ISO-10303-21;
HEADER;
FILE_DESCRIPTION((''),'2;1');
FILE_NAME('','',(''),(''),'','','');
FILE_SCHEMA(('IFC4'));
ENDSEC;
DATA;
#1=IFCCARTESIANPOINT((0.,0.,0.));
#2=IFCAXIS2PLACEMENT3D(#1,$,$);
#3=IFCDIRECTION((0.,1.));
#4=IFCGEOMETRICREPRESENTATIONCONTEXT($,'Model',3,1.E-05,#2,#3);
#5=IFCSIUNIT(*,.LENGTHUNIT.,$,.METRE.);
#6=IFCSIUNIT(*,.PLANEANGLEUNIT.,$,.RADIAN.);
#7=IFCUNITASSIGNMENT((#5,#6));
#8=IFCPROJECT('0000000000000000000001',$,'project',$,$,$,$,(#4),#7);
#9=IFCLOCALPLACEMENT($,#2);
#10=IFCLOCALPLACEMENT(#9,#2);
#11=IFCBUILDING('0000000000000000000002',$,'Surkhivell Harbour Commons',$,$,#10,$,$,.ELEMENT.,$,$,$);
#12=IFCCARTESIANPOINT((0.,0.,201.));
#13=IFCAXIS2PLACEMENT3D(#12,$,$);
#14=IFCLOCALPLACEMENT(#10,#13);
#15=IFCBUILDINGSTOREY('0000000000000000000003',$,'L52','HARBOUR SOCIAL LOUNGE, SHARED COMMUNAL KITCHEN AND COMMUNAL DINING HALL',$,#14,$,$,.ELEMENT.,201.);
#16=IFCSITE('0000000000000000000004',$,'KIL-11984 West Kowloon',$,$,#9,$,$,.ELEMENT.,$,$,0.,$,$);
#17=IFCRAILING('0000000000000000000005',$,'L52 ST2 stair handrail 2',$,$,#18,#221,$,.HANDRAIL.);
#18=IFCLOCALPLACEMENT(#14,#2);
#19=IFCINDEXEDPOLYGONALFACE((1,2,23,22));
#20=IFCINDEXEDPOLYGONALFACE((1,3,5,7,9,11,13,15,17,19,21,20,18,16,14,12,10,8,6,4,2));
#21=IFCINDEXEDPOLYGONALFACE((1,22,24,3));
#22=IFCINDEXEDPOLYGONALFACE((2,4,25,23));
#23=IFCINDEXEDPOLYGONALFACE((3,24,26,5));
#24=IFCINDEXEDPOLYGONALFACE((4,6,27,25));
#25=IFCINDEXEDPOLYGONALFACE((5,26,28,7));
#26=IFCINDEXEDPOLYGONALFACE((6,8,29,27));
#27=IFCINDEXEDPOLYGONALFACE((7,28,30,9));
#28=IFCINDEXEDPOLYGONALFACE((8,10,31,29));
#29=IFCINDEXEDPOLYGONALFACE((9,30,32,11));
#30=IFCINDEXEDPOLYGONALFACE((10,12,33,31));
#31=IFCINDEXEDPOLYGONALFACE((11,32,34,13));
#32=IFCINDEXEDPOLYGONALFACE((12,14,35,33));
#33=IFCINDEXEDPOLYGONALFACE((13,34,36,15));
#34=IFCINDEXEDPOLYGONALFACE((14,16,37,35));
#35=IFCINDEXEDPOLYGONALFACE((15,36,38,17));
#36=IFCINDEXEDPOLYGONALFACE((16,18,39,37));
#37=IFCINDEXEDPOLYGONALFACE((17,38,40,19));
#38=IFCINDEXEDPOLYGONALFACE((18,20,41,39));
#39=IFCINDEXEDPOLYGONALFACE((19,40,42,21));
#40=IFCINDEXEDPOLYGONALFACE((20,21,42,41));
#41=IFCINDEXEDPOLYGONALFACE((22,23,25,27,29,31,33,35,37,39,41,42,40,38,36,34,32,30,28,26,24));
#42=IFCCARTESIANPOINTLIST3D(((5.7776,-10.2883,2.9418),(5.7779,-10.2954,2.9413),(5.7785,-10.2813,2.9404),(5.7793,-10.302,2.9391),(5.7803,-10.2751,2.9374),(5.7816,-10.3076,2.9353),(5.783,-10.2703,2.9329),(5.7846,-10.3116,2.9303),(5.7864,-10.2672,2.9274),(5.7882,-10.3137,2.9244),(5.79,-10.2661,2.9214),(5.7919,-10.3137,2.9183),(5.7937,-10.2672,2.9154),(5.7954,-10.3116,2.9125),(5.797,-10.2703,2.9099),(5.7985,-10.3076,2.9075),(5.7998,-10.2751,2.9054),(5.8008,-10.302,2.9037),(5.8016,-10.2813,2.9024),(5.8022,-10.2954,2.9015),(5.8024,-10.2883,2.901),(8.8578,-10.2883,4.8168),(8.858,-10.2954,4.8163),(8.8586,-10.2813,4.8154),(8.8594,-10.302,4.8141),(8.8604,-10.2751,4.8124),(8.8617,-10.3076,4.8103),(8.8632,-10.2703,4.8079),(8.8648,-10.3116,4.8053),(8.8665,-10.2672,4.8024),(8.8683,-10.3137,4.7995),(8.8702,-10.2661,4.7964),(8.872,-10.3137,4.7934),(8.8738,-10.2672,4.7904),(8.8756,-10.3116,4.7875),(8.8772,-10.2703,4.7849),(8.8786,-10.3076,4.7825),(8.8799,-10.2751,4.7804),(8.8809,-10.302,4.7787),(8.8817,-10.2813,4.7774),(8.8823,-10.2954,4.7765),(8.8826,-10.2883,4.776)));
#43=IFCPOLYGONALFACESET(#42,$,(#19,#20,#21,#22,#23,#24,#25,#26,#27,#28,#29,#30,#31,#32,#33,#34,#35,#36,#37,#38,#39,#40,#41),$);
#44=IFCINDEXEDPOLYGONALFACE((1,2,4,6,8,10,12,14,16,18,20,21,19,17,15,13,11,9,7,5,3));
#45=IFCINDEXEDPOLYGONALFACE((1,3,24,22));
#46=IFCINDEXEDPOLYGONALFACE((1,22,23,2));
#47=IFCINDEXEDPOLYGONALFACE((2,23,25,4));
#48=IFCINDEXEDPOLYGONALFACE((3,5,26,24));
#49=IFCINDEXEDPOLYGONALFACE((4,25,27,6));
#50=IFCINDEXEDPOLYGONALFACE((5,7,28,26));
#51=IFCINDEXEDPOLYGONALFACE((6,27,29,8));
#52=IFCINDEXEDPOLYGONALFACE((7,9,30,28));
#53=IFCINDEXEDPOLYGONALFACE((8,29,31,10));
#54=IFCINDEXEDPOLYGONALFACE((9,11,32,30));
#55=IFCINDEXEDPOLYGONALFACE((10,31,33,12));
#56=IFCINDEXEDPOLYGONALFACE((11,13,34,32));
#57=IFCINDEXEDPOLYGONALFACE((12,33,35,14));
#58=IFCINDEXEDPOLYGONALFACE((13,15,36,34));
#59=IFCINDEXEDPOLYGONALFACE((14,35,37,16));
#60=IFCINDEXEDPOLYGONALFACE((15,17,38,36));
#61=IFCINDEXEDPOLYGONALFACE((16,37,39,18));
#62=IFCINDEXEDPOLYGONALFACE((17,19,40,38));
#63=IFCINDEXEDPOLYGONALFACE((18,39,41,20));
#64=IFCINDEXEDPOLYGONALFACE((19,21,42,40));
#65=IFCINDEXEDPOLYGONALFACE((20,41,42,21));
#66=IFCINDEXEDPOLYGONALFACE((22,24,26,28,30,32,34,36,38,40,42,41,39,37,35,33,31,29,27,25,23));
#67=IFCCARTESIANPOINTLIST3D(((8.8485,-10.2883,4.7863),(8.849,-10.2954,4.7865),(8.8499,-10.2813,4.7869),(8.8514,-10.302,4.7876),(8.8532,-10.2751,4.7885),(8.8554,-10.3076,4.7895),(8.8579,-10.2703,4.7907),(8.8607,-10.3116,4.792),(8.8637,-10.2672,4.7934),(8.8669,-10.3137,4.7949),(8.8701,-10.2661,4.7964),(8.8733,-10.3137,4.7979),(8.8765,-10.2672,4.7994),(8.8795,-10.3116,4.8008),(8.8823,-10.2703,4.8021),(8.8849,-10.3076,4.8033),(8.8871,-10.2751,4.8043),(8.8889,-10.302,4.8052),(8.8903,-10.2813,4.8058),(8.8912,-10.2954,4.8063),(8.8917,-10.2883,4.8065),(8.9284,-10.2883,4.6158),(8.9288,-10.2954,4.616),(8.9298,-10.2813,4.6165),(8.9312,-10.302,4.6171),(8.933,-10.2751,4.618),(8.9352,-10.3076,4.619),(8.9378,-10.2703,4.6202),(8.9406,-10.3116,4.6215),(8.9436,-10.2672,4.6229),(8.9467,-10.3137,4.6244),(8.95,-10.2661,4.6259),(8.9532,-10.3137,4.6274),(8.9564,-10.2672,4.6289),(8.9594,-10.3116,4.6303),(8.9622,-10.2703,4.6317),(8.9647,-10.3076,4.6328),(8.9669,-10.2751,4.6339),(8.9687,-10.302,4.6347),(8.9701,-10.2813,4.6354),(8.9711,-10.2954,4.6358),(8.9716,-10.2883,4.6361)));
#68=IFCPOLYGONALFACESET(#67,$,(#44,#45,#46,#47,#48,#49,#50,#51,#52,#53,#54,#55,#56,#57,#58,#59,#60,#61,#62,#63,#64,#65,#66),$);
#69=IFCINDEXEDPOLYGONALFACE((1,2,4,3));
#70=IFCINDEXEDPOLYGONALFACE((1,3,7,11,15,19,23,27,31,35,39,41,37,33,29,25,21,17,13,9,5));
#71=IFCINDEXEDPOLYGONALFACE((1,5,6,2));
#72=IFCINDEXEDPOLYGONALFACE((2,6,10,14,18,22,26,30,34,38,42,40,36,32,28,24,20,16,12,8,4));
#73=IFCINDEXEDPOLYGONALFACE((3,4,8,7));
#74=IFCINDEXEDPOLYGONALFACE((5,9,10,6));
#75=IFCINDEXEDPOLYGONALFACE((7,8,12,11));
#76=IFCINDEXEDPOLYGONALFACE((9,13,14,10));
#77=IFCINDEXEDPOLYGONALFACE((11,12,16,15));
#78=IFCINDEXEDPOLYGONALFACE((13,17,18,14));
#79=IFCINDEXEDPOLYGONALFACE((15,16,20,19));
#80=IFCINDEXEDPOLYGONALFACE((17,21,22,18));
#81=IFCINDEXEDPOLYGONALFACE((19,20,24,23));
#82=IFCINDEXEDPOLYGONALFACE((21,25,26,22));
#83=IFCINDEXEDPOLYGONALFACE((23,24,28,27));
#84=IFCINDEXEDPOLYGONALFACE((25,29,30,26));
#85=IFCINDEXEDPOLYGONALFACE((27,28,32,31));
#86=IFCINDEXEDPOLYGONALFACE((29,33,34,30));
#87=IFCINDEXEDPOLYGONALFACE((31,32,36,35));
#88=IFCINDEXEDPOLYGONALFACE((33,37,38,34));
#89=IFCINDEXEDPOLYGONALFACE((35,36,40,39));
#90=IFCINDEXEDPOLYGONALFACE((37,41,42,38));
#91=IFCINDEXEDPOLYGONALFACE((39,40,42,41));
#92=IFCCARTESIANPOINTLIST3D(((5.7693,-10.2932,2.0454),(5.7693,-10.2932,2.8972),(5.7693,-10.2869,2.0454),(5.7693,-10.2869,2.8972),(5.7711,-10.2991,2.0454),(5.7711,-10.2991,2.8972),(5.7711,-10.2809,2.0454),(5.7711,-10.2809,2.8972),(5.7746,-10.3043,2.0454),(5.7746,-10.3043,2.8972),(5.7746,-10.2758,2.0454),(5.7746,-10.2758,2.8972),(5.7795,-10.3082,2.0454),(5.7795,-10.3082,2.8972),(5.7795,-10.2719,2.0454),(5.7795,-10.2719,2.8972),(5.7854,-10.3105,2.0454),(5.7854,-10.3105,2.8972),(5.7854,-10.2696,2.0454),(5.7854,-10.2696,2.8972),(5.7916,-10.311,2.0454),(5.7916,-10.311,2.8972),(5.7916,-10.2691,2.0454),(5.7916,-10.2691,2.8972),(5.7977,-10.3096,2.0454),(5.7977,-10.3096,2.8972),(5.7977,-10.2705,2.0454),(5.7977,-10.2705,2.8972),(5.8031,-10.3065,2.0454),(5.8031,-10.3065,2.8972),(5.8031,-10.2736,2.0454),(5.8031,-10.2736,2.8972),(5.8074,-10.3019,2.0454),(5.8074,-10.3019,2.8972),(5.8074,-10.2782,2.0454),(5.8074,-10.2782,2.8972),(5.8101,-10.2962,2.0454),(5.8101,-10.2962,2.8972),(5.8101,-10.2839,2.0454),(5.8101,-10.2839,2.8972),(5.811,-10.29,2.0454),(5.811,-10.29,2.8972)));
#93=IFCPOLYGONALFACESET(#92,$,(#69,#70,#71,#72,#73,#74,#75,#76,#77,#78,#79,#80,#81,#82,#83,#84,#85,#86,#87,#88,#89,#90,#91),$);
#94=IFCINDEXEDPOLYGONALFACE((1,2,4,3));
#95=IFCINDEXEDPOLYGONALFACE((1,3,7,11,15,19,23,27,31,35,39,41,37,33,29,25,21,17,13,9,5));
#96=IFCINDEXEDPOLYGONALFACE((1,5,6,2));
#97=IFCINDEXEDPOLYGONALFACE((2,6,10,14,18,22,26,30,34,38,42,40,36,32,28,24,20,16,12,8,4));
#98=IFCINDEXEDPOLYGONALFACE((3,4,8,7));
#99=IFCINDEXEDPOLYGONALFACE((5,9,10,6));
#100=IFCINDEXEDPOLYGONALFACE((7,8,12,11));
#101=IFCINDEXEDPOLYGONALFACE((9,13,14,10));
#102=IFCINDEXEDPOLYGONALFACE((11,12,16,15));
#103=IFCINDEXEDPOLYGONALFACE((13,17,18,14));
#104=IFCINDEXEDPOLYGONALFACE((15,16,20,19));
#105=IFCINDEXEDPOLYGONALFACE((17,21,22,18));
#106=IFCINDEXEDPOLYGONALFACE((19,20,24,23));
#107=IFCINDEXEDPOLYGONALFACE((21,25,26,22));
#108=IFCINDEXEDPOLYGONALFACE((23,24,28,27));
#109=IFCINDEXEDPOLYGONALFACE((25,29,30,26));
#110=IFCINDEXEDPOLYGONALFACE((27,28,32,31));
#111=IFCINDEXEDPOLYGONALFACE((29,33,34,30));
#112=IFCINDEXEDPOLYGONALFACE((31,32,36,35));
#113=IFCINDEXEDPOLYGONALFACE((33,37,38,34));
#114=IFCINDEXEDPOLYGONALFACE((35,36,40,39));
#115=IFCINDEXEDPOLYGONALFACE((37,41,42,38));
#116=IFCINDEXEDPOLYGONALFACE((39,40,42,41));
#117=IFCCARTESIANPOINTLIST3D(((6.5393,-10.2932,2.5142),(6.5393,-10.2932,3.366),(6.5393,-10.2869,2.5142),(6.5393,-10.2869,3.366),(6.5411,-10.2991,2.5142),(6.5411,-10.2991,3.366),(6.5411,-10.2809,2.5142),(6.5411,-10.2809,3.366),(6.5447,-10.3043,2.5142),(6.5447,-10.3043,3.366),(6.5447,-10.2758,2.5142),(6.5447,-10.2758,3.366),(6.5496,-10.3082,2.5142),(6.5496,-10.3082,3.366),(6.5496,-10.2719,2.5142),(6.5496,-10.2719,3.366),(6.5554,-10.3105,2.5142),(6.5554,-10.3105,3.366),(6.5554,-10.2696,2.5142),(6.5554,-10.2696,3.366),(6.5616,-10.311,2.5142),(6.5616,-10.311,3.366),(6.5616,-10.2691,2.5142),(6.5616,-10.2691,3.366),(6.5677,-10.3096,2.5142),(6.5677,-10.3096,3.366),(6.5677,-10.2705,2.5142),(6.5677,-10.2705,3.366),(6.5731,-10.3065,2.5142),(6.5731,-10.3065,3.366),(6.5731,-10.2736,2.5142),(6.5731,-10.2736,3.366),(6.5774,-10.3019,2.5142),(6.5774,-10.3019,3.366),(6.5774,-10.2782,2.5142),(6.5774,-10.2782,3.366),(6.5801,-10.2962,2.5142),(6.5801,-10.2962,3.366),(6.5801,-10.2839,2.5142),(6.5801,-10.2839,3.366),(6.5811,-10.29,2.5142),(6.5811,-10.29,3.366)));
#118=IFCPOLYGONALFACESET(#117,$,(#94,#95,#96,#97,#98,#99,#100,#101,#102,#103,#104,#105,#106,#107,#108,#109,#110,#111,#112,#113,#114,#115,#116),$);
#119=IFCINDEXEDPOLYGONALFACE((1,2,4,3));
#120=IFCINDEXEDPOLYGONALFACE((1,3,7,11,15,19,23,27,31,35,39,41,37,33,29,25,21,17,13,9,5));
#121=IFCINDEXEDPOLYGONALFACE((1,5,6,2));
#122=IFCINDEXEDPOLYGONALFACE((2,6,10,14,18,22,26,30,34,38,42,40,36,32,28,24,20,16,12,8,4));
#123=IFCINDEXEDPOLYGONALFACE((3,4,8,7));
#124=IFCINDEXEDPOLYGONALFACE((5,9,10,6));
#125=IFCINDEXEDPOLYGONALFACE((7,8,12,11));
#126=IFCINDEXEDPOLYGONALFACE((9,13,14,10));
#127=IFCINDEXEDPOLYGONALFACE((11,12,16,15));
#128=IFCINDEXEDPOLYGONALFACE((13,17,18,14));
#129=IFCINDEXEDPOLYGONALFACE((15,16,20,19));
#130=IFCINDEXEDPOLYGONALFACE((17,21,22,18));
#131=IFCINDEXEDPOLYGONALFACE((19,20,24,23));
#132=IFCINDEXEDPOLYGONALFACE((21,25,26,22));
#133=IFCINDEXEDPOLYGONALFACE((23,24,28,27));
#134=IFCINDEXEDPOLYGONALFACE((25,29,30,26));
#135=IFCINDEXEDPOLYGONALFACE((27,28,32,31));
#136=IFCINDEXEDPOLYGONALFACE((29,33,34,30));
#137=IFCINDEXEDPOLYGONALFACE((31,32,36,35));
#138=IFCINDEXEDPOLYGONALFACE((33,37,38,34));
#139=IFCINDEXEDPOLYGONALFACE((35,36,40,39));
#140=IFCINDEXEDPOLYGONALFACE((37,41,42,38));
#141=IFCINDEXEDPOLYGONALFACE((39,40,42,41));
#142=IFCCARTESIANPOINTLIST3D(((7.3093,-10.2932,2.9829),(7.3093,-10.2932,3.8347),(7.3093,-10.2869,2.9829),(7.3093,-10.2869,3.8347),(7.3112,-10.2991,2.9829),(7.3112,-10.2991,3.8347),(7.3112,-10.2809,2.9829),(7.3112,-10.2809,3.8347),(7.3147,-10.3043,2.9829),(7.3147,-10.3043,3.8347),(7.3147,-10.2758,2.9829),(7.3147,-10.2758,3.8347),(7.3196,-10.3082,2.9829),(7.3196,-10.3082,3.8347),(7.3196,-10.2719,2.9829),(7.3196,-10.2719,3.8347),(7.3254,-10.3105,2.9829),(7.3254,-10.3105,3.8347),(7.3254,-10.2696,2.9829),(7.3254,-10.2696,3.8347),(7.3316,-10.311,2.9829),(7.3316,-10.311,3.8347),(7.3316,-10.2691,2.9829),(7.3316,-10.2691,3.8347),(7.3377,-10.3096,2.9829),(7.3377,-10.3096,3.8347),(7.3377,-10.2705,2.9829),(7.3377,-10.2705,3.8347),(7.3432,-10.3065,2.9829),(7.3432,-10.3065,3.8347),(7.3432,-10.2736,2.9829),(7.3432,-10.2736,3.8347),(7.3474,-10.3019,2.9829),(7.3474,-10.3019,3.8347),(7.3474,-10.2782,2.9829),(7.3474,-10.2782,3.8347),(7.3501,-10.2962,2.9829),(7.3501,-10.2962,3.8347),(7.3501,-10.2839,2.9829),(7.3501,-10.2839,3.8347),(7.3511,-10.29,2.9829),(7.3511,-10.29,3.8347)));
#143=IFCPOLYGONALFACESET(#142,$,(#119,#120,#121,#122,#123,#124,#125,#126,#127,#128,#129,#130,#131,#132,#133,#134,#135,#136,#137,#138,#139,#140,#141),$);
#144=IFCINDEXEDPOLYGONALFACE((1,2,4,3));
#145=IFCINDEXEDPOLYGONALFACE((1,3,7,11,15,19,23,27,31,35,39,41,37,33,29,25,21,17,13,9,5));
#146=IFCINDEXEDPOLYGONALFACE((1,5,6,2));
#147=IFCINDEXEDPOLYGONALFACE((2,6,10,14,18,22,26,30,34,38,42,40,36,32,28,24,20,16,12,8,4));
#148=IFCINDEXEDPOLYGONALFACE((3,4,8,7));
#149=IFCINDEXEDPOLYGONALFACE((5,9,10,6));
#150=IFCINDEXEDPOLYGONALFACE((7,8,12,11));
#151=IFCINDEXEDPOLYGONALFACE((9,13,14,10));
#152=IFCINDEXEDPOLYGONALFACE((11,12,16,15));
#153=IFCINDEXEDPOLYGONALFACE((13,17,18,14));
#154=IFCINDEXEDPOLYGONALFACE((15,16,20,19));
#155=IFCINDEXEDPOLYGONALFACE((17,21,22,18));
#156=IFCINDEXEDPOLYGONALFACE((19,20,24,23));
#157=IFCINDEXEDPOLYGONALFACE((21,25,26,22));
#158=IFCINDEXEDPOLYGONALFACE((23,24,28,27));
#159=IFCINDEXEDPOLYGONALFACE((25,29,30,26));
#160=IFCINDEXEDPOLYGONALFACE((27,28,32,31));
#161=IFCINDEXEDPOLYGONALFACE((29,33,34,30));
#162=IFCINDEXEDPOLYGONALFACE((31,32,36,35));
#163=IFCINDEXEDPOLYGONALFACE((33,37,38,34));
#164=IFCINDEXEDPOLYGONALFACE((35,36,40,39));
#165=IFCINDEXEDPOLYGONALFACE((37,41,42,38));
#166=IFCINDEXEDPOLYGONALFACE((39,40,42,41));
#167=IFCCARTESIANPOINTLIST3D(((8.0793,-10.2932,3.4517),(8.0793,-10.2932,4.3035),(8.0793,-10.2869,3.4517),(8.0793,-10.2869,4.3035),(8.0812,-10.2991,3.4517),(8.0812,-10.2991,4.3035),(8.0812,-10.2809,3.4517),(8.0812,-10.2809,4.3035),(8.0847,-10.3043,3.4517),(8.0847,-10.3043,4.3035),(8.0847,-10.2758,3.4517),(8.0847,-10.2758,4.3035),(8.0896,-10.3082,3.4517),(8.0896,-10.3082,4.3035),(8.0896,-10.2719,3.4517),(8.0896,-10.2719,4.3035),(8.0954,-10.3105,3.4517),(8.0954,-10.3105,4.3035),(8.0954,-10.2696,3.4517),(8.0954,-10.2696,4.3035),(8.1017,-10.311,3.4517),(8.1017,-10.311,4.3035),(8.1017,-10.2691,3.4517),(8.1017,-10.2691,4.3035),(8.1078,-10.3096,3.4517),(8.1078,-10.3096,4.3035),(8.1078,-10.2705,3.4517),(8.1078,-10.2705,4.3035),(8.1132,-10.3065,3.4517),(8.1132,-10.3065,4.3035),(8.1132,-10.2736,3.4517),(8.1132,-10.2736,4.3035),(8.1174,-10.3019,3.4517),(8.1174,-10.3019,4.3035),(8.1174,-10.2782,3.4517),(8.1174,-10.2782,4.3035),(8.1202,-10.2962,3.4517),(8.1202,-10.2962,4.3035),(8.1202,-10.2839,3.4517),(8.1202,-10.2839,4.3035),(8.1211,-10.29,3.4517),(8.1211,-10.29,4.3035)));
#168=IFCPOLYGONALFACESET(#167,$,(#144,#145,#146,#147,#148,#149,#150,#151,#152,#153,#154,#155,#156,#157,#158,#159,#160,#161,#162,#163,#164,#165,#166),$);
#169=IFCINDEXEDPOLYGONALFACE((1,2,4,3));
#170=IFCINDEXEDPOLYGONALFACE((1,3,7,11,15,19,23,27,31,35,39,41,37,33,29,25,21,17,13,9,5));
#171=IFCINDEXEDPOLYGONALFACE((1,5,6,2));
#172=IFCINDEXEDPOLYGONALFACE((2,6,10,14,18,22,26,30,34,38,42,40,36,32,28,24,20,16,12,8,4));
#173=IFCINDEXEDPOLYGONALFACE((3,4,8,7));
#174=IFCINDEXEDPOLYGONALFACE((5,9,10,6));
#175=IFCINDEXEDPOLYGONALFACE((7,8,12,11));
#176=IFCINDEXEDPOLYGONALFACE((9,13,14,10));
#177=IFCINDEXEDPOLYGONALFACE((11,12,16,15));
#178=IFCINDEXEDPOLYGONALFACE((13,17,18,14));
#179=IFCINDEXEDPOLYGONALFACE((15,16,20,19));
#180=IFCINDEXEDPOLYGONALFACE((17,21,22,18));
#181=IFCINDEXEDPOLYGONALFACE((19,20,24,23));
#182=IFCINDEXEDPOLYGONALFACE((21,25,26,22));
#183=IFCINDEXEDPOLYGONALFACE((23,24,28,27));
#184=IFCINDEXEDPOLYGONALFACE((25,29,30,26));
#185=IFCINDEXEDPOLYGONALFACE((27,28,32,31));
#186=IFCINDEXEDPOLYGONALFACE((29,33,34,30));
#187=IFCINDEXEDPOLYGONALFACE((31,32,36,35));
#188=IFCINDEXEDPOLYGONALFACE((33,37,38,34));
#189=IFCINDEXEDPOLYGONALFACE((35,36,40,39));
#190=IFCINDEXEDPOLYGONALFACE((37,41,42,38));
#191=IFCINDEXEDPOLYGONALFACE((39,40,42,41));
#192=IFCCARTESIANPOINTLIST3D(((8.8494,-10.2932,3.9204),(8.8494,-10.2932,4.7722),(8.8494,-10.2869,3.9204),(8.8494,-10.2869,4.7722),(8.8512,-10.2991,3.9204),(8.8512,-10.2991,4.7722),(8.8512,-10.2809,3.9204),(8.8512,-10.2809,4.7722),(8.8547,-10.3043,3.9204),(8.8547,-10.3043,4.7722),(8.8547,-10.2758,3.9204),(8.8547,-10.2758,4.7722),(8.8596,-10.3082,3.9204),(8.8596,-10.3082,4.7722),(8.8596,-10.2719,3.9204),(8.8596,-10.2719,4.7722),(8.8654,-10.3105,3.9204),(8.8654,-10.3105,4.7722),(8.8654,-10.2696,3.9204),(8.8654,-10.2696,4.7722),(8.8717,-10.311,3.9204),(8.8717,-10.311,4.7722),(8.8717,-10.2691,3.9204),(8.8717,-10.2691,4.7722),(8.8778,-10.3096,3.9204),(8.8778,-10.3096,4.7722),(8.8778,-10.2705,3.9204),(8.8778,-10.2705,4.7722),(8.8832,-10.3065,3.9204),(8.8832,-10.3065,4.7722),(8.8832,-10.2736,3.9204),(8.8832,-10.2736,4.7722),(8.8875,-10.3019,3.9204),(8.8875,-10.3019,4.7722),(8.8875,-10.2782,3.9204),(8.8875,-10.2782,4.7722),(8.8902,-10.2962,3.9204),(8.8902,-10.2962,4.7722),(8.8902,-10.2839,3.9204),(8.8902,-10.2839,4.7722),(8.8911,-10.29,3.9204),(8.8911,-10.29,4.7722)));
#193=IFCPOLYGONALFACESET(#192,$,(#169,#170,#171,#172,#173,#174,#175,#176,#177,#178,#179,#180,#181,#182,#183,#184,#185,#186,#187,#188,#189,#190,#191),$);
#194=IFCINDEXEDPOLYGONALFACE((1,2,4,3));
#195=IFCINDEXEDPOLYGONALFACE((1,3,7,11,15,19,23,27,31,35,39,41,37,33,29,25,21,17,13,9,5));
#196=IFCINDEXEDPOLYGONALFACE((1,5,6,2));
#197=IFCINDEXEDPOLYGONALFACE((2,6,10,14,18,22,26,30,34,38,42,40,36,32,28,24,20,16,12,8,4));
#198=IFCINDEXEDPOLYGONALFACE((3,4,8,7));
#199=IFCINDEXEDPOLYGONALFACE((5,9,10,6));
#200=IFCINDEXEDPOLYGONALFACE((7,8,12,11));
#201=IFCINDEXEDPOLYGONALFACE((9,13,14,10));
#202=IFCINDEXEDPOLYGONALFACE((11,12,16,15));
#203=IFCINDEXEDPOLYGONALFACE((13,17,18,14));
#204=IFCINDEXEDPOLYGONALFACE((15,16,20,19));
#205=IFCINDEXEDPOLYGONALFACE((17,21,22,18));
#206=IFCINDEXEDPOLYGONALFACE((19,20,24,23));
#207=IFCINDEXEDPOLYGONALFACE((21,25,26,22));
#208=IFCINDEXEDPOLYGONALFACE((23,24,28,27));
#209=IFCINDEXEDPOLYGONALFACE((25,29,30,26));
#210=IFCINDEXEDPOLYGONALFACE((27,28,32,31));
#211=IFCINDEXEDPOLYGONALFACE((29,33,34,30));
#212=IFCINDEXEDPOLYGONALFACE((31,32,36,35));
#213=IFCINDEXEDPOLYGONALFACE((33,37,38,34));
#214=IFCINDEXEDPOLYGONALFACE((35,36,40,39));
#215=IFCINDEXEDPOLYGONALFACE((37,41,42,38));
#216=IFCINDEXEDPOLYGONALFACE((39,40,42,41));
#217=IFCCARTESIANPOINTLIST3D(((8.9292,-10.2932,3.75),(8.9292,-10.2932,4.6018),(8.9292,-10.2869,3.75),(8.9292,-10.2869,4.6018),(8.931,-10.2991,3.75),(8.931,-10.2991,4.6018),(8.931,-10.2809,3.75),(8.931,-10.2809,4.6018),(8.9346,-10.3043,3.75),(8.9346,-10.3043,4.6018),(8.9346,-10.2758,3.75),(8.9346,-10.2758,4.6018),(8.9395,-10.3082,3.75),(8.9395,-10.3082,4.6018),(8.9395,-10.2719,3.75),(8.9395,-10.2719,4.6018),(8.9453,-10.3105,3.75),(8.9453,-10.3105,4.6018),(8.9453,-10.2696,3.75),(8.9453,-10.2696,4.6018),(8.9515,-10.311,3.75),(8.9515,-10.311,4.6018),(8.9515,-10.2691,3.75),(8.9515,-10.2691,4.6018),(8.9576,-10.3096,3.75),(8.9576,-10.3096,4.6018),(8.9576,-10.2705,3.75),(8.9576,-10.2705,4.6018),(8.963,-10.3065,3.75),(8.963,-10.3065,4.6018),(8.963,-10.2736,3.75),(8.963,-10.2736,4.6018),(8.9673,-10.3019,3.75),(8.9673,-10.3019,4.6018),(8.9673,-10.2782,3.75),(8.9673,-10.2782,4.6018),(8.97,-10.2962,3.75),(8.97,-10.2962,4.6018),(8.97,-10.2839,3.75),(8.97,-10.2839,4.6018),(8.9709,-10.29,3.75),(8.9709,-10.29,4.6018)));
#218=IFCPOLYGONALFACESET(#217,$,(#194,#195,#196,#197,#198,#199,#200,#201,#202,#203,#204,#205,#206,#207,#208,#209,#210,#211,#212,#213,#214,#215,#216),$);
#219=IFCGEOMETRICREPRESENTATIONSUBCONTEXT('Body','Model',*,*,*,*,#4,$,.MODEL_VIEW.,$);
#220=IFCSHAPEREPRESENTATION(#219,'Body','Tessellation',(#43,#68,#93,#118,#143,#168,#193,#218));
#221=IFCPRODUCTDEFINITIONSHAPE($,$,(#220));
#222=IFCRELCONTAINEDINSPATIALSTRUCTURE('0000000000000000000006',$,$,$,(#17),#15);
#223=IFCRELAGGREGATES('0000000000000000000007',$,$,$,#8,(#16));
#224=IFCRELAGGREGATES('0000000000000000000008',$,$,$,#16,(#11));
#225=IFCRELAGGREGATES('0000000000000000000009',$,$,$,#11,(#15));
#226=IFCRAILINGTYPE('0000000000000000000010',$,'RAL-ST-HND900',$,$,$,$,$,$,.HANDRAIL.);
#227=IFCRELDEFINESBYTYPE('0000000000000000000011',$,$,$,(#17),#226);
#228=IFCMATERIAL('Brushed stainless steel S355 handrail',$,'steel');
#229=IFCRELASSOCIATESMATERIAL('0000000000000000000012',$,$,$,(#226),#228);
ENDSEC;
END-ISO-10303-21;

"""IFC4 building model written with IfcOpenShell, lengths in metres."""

from ifc_helpers import new_model, si_unit, direction, frame, origin, origin_2d, place, context, subcontext, project, spatial, circle, extrude, material, type_object, element, save


model = new_model("IFC4")

# Units and contexts
model_context = context("Model", 3, precision=1e-05, world=origin(), true_north=direction((0.0, 1.0)))
body_context = subcontext(model_context, "Body", "Model", "MODEL_VIEW")
ifc_project = project(units=[si_unit("LENGTHUNIT", "METRE"), si_unit("PLANEANGLEUNIT", "RADIAN")], contexts=[model_context])

# Site, building, storey
site_placement = place(None, origin())
site = spatial("IfcSite", under=ifc_project, at=site_placement, Name="KIL-11984 West Kowloon", CompositionType="ELEMENT", RefElevation=0.0)
building_placement = place(site_placement, origin())
building = spatial("IfcBuilding", under=site, at=building_placement, Name="Surkhivell Harbour Commons", CompositionType="ELEMENT")
storey_placement = place(building_placement, frame((0.0, 0.0, 201.0)))
storey = spatial("IfcBuildingStorey", under=building, at=storey_placement, Name="L52", Description="HARBOUR SOCIAL LOUNGE, SHARED COMMUNAL KITCHEN AND COMMUNAL DINING HALL", CompositionType="ELEMENT", Elevation=201.0)

# Railing
ifc_material_1 = material(Name="Brushed stainless steel S355 handrail", Category="steel")
railing_type = type_object("IfcRailingType", Name="RAL-ST-HND900", PredefinedType="HANDRAIL", material=ifc_material_1)
railing_placement = place(storey_placement, frame((5.79, -10.29, 2.0454)))
element("IfcRailing", 1, at=railing_placement, inside=storey, type_object=railing_type, Name="L52 ST2 stair handrail 2", PredefinedType="HANDRAIL", context=body_context, shape_type="SweptSolid", body=[
    extrude(circle(Radius=0.0239, at=origin_2d()), frame((0.0, 0.0, 0.876), z_axis=(0.854178, 0.0, 0.519981), x_axis=(0.0, 1.0, 0.0)), (0.0, 0.0, 1.0), 3.606),
    extrude(circle(Radius=0.0239, at=origin_2d()), frame((3.0801, 0.0, 2.751), z_axis=(0.424234, 0.0, -0.905552), x_axis=(0.0, 1.0, 0.0)), (0.0, 0.0, 1.0), 0.1882),
    extrude(circle(Radius=0.021, at=origin_2d()), origin(), (0.0, 0.0, 1.0), 0.8518),
    extrude(circle(Radius=0.021, at=origin_2d()), frame((0.77, 0.0, 0.4688)), (0.0, 0.0, 1.0), 0.8518),
    extrude(circle(Radius=0.021, at=origin_2d()), frame((1.54, 0.0, 0.9375)), (0.0, 0.0, 1.0), 0.8518),
    extrude(circle(Radius=0.021, at=origin_2d()), frame((2.3101, 0.0, 1.4062)), (0.0, 0.0, 1.0), 0.8518),
    extrude(circle(Radius=0.021, at=origin_2d()), frame((3.0801, 0.0, 1.875)), (0.0, 0.0, 1.0), 0.8518),
    extrude(circle(Radius=0.021, at=origin_2d()), frame((3.1599, 0.0, 1.7046)), (0.0, 0.0, 1.0), 0.8518),
])

save(model, "model.ifc")
